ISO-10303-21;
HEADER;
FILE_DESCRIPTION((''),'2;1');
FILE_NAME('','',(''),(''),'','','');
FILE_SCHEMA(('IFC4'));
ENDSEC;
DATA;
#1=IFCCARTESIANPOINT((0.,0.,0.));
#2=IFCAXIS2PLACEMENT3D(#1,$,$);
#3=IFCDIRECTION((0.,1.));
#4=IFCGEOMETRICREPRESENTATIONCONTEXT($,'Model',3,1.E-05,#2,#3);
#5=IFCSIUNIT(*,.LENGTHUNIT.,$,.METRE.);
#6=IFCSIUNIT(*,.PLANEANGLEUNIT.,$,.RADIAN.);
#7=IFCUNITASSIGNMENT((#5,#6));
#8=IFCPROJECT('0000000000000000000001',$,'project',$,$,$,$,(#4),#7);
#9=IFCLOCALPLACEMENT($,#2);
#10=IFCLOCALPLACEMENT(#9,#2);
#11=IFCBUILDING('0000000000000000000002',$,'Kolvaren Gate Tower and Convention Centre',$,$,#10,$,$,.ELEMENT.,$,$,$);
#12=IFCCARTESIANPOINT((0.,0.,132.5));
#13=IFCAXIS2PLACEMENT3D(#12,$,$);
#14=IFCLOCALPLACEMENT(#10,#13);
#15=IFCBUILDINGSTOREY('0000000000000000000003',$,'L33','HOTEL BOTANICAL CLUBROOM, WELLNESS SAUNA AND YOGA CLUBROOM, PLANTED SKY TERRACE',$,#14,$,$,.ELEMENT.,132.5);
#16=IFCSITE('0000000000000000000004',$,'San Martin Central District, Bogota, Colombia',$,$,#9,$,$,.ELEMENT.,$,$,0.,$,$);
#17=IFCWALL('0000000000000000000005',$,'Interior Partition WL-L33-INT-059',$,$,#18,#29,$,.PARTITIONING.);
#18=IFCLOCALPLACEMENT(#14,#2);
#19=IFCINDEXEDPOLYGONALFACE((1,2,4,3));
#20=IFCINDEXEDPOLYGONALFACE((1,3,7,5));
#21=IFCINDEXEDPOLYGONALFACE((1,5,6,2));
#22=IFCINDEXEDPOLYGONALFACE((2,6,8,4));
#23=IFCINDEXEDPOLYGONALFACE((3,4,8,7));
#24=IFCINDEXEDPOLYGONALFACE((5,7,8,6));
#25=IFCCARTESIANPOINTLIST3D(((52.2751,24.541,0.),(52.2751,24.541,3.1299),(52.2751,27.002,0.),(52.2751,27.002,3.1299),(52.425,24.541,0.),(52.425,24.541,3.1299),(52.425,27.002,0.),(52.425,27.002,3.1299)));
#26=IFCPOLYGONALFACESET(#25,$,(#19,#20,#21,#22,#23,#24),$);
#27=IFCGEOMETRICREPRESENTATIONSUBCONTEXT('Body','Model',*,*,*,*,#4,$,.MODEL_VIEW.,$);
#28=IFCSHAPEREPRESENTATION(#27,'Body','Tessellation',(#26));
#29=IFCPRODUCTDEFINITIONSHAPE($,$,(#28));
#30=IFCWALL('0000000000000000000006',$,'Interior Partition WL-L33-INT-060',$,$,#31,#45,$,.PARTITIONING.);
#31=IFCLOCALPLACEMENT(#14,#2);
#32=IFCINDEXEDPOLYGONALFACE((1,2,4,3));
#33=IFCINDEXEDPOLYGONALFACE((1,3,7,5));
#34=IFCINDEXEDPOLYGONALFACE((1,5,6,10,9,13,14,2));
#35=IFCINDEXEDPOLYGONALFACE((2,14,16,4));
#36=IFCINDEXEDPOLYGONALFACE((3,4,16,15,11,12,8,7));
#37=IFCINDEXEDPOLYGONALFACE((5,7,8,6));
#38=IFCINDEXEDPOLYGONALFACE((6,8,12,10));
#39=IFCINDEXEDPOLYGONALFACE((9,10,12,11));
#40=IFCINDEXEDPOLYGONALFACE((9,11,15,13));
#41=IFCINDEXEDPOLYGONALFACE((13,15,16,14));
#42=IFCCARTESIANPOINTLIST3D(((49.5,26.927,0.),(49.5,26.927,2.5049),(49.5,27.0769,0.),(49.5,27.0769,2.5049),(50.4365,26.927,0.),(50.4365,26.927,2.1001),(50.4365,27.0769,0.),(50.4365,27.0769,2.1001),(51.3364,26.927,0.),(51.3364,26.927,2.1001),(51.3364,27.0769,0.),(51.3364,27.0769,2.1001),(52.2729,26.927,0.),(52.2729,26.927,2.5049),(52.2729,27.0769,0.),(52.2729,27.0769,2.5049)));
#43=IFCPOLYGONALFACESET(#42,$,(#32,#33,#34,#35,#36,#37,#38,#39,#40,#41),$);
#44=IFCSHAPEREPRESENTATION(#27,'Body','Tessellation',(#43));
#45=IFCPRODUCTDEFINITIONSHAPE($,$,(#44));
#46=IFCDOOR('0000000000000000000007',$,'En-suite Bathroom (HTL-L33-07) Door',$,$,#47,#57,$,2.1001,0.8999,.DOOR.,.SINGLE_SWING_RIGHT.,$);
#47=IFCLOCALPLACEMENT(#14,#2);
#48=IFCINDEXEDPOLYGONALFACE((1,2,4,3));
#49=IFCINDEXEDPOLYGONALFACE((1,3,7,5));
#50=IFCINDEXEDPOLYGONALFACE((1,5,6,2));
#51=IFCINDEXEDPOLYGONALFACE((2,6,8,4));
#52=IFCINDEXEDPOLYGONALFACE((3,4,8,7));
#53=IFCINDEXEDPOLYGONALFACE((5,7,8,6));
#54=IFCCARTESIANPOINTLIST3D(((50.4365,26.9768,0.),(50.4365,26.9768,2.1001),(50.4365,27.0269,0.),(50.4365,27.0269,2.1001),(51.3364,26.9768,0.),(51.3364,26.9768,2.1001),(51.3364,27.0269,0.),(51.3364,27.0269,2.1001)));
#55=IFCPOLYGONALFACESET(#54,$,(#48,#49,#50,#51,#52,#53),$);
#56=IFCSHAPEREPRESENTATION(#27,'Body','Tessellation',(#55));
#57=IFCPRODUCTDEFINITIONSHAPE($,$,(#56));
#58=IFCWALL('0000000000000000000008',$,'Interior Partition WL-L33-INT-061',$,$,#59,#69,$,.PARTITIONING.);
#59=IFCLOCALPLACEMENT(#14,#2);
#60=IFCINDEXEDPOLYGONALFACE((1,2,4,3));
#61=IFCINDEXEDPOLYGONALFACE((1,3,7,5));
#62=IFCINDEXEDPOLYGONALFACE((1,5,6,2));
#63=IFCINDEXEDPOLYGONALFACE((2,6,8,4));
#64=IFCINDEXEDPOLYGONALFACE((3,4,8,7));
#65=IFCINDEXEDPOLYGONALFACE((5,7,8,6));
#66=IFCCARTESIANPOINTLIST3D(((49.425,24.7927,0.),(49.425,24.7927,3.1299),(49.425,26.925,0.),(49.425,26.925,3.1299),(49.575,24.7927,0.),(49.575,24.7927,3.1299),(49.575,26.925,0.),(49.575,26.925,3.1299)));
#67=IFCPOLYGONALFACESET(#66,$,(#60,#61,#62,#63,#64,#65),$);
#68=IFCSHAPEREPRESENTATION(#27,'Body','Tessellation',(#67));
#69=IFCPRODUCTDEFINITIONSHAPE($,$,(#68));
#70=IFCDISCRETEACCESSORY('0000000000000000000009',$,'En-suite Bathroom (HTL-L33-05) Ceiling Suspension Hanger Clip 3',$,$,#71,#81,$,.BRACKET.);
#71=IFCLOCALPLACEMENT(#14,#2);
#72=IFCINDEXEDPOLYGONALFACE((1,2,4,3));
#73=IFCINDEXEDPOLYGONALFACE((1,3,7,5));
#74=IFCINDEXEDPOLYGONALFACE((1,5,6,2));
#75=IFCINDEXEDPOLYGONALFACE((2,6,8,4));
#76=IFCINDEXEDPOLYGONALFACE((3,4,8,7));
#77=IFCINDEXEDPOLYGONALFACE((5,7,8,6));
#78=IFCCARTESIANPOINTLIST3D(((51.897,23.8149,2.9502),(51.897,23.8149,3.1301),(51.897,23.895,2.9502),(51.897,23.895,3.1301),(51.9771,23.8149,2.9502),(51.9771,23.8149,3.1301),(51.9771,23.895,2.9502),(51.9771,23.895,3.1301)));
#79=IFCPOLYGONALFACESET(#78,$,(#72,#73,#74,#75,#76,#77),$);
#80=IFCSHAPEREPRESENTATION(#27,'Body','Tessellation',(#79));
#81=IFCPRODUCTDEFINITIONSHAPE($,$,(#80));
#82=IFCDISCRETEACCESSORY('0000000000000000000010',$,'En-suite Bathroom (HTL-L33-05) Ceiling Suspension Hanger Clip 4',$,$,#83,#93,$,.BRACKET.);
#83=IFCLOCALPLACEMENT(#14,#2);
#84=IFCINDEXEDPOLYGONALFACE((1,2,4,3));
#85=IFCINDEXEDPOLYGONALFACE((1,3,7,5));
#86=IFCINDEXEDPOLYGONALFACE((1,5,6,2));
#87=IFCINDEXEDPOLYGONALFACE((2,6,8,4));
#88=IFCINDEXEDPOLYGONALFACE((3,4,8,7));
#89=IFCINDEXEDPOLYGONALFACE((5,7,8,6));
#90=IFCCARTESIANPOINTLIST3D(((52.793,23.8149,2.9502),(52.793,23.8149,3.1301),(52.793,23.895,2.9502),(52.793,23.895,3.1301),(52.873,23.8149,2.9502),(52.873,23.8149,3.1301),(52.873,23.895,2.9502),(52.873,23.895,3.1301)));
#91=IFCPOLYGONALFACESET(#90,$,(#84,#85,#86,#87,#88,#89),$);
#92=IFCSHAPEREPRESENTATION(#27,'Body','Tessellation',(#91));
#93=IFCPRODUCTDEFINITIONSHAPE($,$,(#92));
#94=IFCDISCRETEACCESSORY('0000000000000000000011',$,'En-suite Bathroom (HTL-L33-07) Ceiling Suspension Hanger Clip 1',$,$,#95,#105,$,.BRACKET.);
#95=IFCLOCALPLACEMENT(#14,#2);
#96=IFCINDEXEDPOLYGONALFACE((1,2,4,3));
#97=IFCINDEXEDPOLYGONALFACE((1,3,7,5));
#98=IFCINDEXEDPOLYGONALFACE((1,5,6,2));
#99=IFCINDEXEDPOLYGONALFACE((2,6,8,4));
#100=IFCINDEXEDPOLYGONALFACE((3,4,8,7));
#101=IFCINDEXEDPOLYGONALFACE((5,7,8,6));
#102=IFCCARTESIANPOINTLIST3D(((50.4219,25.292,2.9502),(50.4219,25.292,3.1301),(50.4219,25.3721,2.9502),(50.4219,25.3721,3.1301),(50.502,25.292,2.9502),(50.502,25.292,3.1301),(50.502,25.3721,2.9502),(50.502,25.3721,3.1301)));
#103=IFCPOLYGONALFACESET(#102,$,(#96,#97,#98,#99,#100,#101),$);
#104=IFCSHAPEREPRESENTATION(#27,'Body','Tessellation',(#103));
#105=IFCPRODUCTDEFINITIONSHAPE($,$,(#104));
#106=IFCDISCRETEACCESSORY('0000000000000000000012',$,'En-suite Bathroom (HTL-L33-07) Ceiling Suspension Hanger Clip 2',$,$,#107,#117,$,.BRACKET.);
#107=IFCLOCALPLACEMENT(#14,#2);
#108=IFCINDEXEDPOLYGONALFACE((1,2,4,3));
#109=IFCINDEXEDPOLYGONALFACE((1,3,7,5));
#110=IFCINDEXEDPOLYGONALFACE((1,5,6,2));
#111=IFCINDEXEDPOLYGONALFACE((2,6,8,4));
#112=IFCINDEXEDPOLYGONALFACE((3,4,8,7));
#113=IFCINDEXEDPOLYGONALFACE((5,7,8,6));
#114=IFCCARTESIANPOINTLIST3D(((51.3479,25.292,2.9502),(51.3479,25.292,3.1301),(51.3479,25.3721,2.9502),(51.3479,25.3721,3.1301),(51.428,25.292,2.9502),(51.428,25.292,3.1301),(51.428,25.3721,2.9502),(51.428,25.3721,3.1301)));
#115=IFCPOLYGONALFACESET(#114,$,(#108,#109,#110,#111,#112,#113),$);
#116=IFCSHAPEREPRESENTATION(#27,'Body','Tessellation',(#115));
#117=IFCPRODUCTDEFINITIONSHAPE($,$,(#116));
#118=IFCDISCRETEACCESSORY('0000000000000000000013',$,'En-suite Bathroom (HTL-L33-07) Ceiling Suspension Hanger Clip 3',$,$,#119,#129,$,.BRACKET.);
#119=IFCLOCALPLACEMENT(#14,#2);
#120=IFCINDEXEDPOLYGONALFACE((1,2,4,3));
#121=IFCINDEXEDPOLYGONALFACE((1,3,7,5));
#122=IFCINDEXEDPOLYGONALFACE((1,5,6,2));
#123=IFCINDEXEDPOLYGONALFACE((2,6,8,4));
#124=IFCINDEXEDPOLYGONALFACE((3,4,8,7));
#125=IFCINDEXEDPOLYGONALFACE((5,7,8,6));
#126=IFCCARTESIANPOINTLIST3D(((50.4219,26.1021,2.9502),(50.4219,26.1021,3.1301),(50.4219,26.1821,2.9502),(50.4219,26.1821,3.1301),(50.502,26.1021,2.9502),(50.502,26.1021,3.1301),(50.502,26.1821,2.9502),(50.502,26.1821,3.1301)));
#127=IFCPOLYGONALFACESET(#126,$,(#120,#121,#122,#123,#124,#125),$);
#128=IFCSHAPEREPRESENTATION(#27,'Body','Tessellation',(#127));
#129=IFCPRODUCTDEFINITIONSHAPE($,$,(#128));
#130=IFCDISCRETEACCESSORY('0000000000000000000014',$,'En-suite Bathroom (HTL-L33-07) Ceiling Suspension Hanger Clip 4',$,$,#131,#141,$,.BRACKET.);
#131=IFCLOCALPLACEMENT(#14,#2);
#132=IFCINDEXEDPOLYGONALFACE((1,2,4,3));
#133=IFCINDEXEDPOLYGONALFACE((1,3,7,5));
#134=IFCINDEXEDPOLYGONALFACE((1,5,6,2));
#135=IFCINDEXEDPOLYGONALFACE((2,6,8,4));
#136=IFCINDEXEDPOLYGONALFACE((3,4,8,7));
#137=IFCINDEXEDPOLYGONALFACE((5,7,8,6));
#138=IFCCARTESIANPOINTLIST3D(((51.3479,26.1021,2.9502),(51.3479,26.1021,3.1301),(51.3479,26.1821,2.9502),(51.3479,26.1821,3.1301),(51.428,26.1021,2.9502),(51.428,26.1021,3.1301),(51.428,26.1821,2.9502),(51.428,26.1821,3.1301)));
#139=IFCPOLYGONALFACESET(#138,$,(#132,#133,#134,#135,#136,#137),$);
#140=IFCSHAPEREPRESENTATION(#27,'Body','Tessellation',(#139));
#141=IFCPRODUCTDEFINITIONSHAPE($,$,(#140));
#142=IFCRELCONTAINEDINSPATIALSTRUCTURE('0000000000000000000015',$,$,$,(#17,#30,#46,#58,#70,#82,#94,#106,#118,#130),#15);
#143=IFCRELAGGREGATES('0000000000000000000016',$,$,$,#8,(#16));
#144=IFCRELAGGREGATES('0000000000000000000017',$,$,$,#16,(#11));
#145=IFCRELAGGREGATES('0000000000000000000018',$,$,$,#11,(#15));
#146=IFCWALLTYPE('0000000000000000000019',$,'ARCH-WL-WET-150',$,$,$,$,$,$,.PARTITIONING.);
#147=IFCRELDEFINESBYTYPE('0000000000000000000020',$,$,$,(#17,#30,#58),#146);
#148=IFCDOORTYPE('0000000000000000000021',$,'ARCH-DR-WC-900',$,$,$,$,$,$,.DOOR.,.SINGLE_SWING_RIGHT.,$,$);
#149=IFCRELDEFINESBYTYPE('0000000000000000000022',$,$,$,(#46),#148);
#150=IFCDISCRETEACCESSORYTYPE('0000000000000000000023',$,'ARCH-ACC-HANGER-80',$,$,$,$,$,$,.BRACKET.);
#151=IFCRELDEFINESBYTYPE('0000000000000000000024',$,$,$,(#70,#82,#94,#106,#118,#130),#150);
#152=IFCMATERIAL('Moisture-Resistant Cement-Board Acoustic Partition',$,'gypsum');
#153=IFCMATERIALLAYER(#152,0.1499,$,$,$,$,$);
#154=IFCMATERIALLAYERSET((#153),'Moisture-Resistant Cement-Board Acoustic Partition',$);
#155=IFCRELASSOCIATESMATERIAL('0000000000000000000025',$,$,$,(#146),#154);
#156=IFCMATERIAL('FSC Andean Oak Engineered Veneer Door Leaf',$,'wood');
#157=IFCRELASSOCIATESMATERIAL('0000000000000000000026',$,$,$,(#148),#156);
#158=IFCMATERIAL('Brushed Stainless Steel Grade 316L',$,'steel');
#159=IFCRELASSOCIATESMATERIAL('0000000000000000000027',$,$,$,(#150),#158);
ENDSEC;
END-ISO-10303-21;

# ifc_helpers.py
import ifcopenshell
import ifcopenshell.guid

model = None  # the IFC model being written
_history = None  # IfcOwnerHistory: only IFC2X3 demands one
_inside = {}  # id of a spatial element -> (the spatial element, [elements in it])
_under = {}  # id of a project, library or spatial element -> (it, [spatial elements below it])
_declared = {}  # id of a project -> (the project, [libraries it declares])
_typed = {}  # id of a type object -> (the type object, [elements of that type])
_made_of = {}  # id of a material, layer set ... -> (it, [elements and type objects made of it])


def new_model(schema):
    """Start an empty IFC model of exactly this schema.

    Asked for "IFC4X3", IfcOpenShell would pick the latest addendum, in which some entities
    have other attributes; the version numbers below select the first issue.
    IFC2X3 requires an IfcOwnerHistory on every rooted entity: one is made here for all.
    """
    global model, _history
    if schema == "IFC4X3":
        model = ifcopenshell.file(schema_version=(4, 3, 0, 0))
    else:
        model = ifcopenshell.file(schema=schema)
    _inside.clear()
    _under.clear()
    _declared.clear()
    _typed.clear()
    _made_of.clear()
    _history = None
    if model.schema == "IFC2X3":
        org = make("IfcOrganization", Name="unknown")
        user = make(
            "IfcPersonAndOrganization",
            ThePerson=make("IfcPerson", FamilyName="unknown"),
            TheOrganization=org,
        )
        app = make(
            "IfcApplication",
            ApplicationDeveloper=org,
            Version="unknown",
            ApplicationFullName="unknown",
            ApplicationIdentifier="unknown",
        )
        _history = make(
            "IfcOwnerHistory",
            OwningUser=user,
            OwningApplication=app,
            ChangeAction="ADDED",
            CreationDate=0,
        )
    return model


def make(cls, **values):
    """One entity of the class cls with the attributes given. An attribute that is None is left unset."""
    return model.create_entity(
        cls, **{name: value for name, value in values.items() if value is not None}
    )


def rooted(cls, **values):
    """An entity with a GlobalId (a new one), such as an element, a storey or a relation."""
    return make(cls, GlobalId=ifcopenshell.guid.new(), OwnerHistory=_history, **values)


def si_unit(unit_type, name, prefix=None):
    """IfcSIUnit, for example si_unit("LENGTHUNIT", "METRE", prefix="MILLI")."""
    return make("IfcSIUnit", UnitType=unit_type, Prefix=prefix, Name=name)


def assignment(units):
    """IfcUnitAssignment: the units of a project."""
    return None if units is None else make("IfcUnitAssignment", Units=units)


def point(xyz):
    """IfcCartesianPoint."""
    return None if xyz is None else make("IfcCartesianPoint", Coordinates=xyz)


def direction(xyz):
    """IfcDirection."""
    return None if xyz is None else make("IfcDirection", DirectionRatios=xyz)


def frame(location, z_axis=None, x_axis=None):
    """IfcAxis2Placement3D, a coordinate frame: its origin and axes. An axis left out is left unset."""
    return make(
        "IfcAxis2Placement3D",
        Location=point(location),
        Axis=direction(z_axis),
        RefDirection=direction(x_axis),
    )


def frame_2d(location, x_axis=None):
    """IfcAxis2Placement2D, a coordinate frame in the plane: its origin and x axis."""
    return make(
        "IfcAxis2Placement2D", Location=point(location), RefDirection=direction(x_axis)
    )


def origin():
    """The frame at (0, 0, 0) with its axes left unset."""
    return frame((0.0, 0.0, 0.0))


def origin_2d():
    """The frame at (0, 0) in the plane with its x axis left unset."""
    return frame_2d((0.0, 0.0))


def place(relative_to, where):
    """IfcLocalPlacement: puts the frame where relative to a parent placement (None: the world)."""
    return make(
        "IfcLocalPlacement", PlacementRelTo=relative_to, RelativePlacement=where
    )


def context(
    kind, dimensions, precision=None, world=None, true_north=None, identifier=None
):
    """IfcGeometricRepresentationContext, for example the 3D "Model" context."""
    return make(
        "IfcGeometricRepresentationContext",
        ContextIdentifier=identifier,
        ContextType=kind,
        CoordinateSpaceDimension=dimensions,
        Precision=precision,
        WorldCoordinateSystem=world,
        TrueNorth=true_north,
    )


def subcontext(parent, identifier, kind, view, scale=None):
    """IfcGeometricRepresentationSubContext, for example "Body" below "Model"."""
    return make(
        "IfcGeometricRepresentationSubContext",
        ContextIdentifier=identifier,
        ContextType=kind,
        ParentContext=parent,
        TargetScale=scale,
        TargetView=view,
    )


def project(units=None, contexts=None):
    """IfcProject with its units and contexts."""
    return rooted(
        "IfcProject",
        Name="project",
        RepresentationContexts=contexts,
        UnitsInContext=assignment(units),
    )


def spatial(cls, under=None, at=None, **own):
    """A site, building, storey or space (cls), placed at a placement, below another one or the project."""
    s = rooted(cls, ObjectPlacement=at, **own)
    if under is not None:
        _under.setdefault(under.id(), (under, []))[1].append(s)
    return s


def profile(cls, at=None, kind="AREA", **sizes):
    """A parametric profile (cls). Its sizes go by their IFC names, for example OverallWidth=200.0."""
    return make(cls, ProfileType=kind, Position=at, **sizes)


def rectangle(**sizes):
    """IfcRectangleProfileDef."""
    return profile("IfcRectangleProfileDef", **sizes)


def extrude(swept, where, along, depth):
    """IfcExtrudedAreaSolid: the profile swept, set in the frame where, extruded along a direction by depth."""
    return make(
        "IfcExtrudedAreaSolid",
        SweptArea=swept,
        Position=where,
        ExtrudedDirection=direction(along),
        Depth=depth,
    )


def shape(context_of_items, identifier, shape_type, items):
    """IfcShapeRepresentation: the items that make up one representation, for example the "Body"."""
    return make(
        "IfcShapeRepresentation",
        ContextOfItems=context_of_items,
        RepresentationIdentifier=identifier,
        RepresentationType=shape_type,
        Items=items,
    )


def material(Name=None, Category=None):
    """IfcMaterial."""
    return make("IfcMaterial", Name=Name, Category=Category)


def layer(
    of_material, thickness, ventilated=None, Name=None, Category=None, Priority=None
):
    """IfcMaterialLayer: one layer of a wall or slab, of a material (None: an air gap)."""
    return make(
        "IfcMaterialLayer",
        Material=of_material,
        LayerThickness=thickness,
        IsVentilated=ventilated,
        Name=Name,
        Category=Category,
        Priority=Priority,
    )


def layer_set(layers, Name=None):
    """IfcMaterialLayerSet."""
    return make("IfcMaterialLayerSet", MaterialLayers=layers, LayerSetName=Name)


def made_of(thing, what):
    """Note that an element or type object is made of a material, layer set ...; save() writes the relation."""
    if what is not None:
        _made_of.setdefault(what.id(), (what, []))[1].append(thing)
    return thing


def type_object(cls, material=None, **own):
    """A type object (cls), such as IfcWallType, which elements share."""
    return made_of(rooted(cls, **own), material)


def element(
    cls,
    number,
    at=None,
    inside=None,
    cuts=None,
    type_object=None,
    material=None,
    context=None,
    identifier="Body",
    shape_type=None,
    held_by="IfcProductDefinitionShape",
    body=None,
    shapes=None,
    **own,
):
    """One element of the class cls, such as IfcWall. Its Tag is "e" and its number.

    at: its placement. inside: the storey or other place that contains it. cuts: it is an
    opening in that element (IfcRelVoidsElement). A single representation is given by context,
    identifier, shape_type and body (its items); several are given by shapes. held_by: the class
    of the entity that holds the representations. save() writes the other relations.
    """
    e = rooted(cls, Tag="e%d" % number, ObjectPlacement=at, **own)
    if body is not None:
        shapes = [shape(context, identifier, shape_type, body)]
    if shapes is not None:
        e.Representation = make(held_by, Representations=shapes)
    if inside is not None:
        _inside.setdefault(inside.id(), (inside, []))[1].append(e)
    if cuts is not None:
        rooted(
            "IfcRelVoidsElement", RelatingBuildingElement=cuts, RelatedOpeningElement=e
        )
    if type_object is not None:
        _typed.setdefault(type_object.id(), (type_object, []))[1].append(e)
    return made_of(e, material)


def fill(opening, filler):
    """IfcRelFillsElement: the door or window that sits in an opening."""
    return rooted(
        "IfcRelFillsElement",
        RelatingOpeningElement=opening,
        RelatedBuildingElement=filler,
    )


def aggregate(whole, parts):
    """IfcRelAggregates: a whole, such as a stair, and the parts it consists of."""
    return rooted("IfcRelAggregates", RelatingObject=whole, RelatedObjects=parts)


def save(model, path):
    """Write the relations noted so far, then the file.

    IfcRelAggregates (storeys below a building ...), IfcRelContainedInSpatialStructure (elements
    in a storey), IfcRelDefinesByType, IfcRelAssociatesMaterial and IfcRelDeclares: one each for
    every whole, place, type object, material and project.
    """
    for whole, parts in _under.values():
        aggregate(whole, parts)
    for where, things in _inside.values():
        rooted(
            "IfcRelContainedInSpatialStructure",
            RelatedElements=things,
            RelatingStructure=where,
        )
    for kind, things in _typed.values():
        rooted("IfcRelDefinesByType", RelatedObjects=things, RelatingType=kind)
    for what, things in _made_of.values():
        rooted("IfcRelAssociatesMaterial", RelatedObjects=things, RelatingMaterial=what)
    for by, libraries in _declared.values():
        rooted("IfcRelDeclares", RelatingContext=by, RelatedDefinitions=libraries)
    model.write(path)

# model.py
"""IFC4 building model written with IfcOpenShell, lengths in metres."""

from ifc_helpers import new_model, si_unit, direction, frame, frame_2d, origin, origin_2d, place, context, subcontext, project, spatial, rectangle, extrude, material, layer, layer_set, type_object, element, fill, save


model = new_model("IFC4")

# Units and contexts
model_context = context("Model", 3, precision=1e-05, world=origin(), true_north=direction((0.0, 1.0)))
body_context = subcontext(model_context, "Body", "Model", "MODEL_VIEW")
ifc_project = project(units=[si_unit("LENGTHUNIT", "METRE"), si_unit("PLANEANGLEUNIT", "RADIAN")], contexts=[model_context])

# Site, building, storey
site_placement = place(None, origin())
site = spatial("IfcSite", under=ifc_project, at=site_placement, Name="San Martin Central District, Bogota, Colombia", CompositionType="ELEMENT", RefElevation=0.0)
building_placement = place(site_placement, origin())
building = spatial("IfcBuilding", under=site, at=building_placement, Name="Kolvaren Gate Tower and Convention Centre", CompositionType="ELEMENT")
storey_placement = place(building_placement, frame((0.0, 0.0, 132.5)))
storey = spatial("IfcBuildingStorey", under=building, at=storey_placement, Name="L33", Description="HOTEL BOTANICAL CLUBROOM, WELLNESS SAUNA AND YOGA CLUBROOM, PLANTED SKY TERRACE", CompositionType="ELEMENT", Elevation=132.5)

# Wall
ifc_material_1 = material(Name="Moisture-Resistant Cement-Board Acoustic Partition", Category="gypsum")
ifc_layer_1 = layer(ifc_material_1, 0.1499)
ifc_layer_set_1 = layer_set([ifc_layer_1], Name="Moisture-Resistant Cement-Board Acoustic Partition")
wall_type_1 = type_object("IfcWallType", Name="ARCH-WL-WET-150", PredefinedType="PARTITIONING", material=ifc_layer_set_1)
wall_1_placement = place(storey_placement, frame((52.3501, 24.541, 0.0), z_axis=(0.0, 0.0, 1.0), x_axis=(0.0, 1.0, 0.0)))
element("IfcWall", 1, at=wall_1_placement, inside=storey, type_object=wall_type_1, Name="Interior Partition WL-L33-INT-059", PredefinedType="PARTITIONING", context=body_context, shape_type="SweptSolid", body=[
    extrude(rectangle(XDim=2.4609, YDim=0.1499, at=frame_2d((1.2305, 0.0))), origin(), (0.0, 0.0, 1.0), 3.1299),
])

# Wall, opening, door
wall_2_placement = place(storey_placement, frame((49.5, 27.002, 0.0), z_axis=(0.0, 0.0, 1.0), x_axis=(1.0, 0.0, 0.0)))
wall_2 = element("IfcWall", 2, at=wall_2_placement, inside=storey, type_object=wall_type_1, Name="Interior Partition WL-L33-INT-060", PredefinedType="PARTITIONING", context=body_context, shape_type="SweptSolid", body=[
    extrude(rectangle(XDim=2.7729, YDim=0.1499, at=frame_2d((1.3865, 0.0))), origin(), (0.0, 0.0, 1.0), 2.5049),
])
opening_placement = place(wall_2_placement, frame((0.9365, 0.0, 0.0)))
opening = element("IfcOpeningElement", 3, at=opening_placement, cuts=wall_2, PredefinedType="OPENING", context=body_context, shape_type="SweptSolid", body=[
    extrude(rectangle(XDim=0.8999, YDim=2.1001, at=frame_2d((0.45, 1.05))), frame((0.0, 0.085, 0.0), z_axis=(0.0, -1.0, 0.0), x_axis=(1.0, 0.0, 0.0)), (0.0, 0.0, 1.0), 0.1699),
])
ifc_material_2 = material(Name="FSC Andean Oak Engineered Veneer Door Leaf", Category="wood")
door_type = type_object("IfcDoorType", Name="ARCH-DR-WC-900", OperationType="SINGLE_SWING_RIGHT", PredefinedType="DOOR", material=ifc_material_2)
door_placement = place(opening_placement, origin())
door = element("IfcDoor", 4, at=door_placement, inside=storey, type_object=door_type, Name="En-suite Bathroom (HTL-L33-07) Door", OperationType="SINGLE_SWING_RIGHT", OverallHeight=2.1001, OverallWidth=0.8999, PredefinedType="DOOR", context=body_context, shape_type="SweptSolid", body=[
    extrude(rectangle(XDim=0.8999, YDim=2.1001, at=frame_2d((0.45, 1.05))), frame((0.0, 0.0249, 0.0), z_axis=(0.0, -1.0, 0.0), x_axis=(1.0, 0.0, 0.0)), (0.0, 0.0, 1.0), 0.05),
])
fill(opening, door)

# Wall
wall_3_placement = place(storey_placement, frame((49.5, 24.7927, 0.0), z_axis=(0.0, 0.0, 1.0), x_axis=(0.0, 1.0, 0.0)))
element("IfcWall", 5, at=wall_3_placement, inside=storey, type_object=wall_type_1, Name="Interior Partition WL-L33-INT-061", PredefinedType="PARTITIONING", context=body_context, shape_type="SweptSolid", body=[
    extrude(rectangle(XDim=2.1323, YDim=0.1499, at=frame_2d((1.0662, 0.0))), origin(), (0.0, 0.0, 1.0), 3.1299),
])

# Discrete accessories
ifc_material_3 = material(Name="Brushed Stainless Steel Grade 316L", Category="steel")
discrete_accessory_type = type_object("IfcDiscreteAccessoryType", Name="ARCH-ACC-HANGER-80", PredefinedType="BRACKET", material=ifc_material_3)
for number, where, z_axis, x_axis, name in (
    (6, (51.937, 23.855, 2.9502), (0.0, 0.0, 1.0), (1.0, 0.0, 0.0), "En-suite Bathroom (HTL-L33-05) Ceiling Suspension Hanger Clip 3"),
    (7, (52.833, 23.855, 2.9502), (0.0, 0.0, 1.0), (1.0, 0.0, 0.0), "En-suite Bathroom (HTL-L33-05) Ceiling Suspension Hanger Clip 4"),
    (8, (50.4619, 25.332, 2.9502), (0.0, 0.0, 1.0), (1.0, 0.0, 0.0), "En-suite Bathroom (HTL-L33-07) Ceiling Suspension Hanger Clip 1"),
    (9, (51.3879, 25.332, 2.9502), (0.0, 0.0, 1.0), (1.0, 0.0, 0.0), "En-suite Bathroom (HTL-L33-07) Ceiling Suspension Hanger Clip 2"),
    (10, (50.4619, 26.1421, 2.9502), (0.0, 0.0, 1.0), (1.0, 0.0, 0.0), "En-suite Bathroom (HTL-L33-07) Ceiling Suspension Hanger Clip 3"),
    (11, (51.3879, 26.1421, 2.9502), (0.0, 0.0, 1.0), (1.0, 0.0, 0.0), "En-suite Bathroom (HTL-L33-07) Ceiling Suspension Hanger Clip 4"),
):
    element("IfcDiscreteAccessory", number, at=place(storey_placement, frame(where, z_axis=z_axis, x_axis=x_axis)), inside=storey, type_object=discrete_accessory_type, Name=name, PredefinedType="BRACKET", context=body_context, shape_type="SweptSolid", body=[
        extrude(rectangle(XDim=0.0801, YDim=0.0801, at=origin_2d()), origin(), (0.0, 0.0, 1.0), 0.1799),
    ])

save(model, "model.ifc")
